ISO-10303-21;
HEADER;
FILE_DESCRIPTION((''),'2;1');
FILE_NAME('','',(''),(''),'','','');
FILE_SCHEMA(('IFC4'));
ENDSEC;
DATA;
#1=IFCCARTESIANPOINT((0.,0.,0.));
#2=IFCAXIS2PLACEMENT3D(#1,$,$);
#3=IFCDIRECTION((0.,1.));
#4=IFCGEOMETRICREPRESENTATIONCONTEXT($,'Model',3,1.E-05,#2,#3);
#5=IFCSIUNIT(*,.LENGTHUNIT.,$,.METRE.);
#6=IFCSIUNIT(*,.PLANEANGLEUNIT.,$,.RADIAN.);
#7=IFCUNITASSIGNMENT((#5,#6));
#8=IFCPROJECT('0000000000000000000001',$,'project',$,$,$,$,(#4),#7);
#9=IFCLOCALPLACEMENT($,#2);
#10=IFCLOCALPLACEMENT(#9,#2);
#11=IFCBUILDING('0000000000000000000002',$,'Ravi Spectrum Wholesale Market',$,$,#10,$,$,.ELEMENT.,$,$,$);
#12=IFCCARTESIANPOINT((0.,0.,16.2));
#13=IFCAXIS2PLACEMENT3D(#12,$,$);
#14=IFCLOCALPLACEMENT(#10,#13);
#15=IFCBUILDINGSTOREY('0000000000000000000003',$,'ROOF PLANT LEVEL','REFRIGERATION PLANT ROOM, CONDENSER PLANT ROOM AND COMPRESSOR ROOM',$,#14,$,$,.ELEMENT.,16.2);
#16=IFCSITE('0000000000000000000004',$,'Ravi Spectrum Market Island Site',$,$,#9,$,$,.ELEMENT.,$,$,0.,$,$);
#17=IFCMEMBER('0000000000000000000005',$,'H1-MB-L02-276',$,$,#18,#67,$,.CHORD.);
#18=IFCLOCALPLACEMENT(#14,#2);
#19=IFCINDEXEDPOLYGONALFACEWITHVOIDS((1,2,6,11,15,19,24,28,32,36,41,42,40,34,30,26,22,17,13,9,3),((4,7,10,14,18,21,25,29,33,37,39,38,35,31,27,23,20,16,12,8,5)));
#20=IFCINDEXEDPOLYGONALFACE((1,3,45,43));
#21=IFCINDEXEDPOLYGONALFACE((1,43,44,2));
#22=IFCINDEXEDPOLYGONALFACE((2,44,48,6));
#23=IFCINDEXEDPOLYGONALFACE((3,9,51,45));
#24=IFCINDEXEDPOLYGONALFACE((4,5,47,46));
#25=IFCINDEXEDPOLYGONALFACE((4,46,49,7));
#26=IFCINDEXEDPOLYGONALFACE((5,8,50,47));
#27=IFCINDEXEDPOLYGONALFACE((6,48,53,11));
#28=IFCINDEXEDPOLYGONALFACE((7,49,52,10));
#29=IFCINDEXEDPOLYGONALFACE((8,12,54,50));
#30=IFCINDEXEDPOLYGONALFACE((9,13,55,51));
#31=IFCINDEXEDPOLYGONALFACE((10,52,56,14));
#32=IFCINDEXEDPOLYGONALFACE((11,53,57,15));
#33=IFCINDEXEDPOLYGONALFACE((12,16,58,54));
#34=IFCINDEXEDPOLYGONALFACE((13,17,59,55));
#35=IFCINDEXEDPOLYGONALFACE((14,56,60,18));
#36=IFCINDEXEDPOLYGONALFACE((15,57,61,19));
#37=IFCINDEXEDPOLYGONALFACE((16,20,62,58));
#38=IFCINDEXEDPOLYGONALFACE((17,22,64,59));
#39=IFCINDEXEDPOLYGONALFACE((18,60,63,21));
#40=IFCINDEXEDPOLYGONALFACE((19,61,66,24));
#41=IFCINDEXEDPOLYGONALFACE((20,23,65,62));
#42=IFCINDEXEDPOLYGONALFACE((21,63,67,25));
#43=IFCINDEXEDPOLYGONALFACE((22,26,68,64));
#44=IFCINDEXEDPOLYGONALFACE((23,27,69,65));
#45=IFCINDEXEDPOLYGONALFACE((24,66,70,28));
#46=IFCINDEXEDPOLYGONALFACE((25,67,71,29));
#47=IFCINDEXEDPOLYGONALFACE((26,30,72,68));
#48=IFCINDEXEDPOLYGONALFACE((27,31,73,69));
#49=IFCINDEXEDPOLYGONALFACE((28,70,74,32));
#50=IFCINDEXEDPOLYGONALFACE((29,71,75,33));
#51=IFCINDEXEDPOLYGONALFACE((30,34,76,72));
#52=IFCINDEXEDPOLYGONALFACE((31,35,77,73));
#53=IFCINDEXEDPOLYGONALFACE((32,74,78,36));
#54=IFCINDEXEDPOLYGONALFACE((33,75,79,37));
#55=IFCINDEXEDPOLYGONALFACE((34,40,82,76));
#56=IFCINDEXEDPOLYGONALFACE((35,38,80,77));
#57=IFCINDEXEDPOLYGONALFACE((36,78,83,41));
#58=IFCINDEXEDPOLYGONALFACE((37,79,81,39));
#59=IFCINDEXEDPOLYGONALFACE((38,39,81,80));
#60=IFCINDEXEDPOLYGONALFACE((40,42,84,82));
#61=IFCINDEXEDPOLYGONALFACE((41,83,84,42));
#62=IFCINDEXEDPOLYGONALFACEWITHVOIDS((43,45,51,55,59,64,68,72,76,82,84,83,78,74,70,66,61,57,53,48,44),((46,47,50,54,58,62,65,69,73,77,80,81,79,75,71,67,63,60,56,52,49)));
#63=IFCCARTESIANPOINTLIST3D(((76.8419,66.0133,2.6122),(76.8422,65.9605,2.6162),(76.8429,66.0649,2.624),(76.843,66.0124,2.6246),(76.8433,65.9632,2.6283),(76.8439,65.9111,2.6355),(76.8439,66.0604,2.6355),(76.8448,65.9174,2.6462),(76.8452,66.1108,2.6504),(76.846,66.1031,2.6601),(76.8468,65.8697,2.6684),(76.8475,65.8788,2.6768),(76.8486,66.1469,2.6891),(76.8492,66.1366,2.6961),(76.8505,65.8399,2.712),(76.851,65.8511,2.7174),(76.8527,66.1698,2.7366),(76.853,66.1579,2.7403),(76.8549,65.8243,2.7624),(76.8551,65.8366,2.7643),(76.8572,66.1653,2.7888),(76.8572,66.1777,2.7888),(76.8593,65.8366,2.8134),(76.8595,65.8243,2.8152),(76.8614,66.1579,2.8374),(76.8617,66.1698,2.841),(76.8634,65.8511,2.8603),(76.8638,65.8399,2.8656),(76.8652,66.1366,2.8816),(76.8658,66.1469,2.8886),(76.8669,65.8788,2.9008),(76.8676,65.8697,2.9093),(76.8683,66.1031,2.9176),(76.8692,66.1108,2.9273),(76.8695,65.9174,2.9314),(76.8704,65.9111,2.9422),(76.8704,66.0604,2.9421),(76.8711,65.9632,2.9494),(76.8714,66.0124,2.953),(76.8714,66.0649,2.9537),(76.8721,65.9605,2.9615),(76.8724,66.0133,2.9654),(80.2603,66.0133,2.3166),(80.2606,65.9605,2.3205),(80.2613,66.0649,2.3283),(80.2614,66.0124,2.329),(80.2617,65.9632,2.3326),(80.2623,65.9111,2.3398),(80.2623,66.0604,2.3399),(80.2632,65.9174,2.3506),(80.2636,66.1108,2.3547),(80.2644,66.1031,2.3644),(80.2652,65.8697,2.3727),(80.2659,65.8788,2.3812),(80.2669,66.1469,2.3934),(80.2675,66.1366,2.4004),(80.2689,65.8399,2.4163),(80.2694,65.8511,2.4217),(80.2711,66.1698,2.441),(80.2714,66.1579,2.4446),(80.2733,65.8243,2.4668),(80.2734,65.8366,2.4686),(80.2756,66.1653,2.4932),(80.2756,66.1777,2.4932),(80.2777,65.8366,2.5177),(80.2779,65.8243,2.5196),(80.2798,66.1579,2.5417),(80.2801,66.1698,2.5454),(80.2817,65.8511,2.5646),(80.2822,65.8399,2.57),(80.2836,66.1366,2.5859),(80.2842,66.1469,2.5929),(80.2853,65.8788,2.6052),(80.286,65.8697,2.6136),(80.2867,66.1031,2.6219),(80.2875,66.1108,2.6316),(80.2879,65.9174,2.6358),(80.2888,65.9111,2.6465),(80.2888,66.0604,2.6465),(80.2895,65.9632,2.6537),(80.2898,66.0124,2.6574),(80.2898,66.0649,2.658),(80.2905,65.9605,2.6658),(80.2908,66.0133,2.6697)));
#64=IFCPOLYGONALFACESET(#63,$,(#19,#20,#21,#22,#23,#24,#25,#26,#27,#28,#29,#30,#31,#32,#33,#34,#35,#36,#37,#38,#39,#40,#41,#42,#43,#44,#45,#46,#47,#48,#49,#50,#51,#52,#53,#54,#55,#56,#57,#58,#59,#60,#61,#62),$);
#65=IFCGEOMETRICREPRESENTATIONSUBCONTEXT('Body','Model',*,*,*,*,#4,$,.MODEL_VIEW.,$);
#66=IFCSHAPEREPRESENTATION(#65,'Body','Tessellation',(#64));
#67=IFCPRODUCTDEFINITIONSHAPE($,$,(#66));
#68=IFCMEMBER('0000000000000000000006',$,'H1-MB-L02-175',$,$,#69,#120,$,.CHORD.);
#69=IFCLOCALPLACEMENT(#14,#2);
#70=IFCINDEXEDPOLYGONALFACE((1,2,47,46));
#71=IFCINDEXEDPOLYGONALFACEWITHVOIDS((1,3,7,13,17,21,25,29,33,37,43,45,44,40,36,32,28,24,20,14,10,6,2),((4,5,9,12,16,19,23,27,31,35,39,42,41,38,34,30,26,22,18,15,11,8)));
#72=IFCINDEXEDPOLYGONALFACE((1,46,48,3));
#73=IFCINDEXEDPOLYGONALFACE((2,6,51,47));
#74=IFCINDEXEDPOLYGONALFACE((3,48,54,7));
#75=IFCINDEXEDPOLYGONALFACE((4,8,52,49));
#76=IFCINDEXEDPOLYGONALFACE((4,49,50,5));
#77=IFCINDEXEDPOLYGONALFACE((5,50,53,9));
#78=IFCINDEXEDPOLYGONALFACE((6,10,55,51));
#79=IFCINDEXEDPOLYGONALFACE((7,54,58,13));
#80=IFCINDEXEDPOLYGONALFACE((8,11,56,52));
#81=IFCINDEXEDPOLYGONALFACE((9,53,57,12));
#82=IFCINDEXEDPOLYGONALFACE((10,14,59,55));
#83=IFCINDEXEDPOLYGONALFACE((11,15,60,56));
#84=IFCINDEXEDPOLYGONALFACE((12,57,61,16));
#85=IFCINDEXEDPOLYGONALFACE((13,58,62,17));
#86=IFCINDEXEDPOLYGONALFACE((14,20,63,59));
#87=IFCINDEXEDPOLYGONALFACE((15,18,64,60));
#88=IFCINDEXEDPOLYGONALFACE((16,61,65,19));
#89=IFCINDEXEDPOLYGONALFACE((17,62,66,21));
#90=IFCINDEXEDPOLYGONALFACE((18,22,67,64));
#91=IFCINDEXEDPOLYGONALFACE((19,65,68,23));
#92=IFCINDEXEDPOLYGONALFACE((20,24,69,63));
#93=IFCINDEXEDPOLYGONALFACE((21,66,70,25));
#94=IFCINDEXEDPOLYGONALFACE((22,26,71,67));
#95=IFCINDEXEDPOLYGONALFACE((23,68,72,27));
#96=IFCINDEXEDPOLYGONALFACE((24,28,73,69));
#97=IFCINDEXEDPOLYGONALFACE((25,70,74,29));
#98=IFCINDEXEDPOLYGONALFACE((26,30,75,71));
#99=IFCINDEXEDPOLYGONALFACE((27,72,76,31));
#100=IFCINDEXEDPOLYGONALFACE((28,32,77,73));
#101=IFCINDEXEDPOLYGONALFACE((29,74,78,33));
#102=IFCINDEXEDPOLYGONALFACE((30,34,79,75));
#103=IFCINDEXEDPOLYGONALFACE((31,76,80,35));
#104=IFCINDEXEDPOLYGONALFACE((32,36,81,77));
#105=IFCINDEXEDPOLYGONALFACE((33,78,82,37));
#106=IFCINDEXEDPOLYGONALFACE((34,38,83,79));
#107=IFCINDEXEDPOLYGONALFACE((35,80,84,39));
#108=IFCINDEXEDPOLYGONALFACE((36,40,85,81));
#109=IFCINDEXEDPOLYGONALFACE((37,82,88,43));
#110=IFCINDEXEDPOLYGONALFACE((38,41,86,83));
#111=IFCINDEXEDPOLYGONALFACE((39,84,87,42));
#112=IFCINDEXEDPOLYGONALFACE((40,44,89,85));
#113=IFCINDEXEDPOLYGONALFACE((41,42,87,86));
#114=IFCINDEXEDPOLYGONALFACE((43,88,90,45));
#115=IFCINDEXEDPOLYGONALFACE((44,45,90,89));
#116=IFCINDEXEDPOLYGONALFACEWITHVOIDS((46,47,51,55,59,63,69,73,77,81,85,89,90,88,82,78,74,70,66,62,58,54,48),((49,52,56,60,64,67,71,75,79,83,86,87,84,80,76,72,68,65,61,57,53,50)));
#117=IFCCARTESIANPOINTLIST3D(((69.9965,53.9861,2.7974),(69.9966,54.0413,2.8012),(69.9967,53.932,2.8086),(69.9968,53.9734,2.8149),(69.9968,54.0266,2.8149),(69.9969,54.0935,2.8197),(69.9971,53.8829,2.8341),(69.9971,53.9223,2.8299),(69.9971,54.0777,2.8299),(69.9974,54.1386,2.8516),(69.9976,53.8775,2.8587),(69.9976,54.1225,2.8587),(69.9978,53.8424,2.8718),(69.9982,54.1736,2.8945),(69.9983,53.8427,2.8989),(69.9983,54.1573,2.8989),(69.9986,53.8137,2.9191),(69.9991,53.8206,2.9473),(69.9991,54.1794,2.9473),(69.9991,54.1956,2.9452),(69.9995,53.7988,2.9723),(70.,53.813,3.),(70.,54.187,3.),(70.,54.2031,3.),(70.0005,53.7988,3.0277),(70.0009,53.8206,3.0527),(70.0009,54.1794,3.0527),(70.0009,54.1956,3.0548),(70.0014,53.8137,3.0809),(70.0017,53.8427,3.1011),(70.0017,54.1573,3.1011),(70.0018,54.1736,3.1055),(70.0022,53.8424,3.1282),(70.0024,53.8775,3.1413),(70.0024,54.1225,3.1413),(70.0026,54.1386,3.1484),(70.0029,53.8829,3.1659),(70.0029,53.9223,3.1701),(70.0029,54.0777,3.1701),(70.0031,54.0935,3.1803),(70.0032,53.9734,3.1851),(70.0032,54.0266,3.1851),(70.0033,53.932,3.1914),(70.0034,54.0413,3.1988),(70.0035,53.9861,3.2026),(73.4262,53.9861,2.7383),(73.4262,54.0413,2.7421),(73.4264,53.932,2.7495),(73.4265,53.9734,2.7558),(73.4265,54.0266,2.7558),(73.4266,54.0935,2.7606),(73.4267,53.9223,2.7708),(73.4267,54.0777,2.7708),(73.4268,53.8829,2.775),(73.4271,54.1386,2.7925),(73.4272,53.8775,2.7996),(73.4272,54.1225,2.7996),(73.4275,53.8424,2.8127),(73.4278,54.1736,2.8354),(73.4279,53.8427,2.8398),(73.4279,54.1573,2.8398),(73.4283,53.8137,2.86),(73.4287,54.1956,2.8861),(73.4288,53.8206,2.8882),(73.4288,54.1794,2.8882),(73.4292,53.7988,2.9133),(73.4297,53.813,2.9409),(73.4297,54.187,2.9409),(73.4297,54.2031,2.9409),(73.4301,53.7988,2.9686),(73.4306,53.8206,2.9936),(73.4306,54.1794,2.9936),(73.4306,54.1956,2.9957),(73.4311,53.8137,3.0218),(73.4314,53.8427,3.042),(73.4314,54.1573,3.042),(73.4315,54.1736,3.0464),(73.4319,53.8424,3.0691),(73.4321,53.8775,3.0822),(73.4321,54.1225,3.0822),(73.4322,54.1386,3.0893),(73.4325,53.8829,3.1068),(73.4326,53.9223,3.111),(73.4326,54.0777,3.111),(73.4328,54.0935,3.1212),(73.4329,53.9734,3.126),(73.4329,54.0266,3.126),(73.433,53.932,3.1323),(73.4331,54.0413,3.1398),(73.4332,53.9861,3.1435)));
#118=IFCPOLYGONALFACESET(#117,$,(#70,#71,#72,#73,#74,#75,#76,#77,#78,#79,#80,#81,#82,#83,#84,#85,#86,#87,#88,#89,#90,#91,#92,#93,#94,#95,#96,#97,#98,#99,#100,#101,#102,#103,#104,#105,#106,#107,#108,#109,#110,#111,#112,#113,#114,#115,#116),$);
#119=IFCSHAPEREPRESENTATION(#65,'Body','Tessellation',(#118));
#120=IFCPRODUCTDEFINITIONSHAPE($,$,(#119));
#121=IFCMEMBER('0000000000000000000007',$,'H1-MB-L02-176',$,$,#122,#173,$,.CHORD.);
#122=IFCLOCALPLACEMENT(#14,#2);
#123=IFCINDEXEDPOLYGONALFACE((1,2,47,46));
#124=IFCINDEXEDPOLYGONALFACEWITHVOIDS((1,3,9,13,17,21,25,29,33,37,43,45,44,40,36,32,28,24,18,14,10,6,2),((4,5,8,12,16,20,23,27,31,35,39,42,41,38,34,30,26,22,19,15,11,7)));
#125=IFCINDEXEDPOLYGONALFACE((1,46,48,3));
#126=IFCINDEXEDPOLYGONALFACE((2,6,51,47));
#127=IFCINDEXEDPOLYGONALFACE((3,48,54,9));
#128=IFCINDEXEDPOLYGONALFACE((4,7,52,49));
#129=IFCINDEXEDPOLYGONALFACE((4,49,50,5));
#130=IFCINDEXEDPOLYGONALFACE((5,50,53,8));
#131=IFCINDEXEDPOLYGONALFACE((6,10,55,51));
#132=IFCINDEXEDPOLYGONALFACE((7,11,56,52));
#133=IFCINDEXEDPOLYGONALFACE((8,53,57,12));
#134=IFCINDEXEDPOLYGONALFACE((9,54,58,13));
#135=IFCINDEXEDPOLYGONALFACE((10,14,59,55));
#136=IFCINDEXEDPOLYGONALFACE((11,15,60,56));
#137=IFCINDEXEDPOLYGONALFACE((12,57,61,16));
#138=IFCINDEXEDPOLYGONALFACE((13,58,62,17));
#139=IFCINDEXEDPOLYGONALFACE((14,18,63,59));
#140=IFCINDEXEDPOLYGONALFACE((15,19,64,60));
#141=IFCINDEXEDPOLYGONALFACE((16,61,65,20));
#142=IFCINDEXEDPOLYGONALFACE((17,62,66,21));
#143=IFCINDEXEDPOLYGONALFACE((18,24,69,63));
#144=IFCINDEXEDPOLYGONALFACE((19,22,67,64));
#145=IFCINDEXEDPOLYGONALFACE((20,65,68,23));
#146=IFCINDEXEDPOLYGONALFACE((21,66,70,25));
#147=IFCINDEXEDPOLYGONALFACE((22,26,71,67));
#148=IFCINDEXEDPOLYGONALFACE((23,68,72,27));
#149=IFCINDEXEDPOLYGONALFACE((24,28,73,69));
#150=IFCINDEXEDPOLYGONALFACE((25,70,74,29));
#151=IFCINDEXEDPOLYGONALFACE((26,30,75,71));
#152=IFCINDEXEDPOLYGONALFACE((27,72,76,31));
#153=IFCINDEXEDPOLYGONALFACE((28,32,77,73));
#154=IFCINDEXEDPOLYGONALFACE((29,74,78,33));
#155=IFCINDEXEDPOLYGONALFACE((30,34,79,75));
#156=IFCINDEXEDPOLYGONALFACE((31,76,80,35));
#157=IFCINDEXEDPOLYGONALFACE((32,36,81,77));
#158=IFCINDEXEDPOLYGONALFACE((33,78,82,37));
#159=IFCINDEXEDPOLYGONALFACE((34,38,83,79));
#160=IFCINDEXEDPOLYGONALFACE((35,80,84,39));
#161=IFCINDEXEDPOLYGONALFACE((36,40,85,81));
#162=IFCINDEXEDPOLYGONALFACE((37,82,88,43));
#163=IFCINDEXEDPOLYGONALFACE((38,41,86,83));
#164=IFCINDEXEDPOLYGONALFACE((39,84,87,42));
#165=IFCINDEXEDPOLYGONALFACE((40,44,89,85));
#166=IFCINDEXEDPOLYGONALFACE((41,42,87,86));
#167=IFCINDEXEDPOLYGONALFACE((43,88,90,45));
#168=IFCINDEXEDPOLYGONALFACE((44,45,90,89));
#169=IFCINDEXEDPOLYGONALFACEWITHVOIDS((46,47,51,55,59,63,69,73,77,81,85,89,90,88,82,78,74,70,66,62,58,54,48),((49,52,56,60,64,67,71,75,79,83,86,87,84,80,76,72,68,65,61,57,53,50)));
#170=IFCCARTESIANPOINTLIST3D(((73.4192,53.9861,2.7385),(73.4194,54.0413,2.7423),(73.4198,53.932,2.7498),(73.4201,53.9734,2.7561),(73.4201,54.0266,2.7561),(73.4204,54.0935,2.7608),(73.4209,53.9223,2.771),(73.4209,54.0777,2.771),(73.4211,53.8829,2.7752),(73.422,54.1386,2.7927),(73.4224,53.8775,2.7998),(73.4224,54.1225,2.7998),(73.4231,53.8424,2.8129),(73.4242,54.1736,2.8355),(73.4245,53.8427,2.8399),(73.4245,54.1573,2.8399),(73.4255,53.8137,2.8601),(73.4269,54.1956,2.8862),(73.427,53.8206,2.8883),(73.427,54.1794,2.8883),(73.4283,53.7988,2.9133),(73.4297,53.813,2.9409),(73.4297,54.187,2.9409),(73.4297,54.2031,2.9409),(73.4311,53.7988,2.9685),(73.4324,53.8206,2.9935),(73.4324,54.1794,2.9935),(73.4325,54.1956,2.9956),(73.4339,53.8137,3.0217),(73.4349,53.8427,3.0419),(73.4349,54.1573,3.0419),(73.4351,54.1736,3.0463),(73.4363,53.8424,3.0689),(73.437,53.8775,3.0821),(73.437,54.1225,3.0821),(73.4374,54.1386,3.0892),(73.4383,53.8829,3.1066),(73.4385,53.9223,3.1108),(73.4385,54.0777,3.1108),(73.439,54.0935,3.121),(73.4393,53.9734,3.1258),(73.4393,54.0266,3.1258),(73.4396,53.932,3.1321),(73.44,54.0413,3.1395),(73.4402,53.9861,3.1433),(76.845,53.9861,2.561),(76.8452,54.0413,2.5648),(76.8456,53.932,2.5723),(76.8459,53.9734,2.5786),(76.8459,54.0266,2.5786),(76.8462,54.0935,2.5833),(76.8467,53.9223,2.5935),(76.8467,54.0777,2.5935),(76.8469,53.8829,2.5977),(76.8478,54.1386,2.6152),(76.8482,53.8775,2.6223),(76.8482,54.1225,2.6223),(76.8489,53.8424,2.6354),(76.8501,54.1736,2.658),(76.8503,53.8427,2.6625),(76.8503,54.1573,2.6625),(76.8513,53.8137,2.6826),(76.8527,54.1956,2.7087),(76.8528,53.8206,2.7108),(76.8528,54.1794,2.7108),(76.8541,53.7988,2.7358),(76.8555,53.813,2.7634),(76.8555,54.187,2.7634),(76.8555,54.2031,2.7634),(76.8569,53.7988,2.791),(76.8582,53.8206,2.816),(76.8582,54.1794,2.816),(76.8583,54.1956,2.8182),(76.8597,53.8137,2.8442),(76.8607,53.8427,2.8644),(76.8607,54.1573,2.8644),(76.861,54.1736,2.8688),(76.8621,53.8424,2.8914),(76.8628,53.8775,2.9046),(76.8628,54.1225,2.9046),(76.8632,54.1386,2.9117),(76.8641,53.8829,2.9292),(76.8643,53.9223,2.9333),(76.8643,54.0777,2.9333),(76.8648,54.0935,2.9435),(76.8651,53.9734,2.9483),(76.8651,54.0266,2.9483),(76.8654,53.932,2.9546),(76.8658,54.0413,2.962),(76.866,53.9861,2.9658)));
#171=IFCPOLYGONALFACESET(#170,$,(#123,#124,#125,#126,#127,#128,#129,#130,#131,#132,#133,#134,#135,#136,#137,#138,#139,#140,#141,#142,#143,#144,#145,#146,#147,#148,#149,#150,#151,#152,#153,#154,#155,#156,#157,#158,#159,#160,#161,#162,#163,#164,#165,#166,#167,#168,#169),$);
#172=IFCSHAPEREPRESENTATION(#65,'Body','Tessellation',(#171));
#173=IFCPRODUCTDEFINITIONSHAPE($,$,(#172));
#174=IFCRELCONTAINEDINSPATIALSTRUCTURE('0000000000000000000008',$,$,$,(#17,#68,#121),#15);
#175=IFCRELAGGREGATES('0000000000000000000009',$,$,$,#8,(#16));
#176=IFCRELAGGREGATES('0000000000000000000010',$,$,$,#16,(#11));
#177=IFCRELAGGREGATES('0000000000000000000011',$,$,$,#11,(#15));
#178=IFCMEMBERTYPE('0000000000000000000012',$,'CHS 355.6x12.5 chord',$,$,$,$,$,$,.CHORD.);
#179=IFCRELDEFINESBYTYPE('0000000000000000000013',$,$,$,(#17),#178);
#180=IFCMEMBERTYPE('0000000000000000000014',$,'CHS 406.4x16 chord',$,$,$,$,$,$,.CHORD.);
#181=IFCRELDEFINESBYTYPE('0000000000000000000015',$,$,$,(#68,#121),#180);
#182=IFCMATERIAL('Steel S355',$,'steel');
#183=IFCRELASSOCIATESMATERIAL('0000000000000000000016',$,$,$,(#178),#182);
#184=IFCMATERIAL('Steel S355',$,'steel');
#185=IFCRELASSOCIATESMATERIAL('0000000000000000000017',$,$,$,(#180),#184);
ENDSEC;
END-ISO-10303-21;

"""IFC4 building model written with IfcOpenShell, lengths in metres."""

from ifc_helpers import new_model, si_unit, direction, frame, origin, origin_2d, place, context, subcontext, project, spatial, hollow_circle, extrude, material, material_profile, profile_set, type_object, element, save


model = new_model("IFC4")

# Units and contexts
model_context = context("Model", 3, precision=1e-05, world=origin(), true_north=direction((0.0, 1.0)))
body_context = subcontext(model_context, "Body", "Model", "MODEL_VIEW")
ifc_project = project(units=[si_unit("LENGTHUNIT", "METRE"), si_unit("PLANEANGLEUNIT", "RADIAN")], contexts=[model_context])

# Site, building, storey
site_placement = place(None, origin())
site = spatial("IfcSite", under=ifc_project, at=site_placement, Name="Ravi Spectrum Market Island Site", CompositionType="ELEMENT", RefElevation=0.0)
building_placement = place(site_placement, origin())
building = spatial("IfcBuilding", under=site, at=building_placement, Name="Ravi Spectrum Wholesale Market", CompositionType="ELEMENT")
storey_placement = place(building_placement, frame((0.0, 0.0, 16.2)))
storey = spatial("IfcBuildingStorey", under=building, at=storey_placement, Name="ROOF PLANT LEVEL", Description="REFRIGERATION PLANT ROOM, CONDENSER PLANT ROOM AND COMPRESSOR ROOM", CompositionType="ELEMENT", Elevation=16.2)

# Members
ifc_material_1 = material(Name="Steel S355", Category="steel")
ifc_material_profile_1 = material_profile(ifc_material_1, hollow_circle(Radius=0.1777, WallThickness=0.0125, at=origin_2d()))
ifc_profile_set_1 = profile_set([ifc_material_profile_1], Name="Steel S355")
member_type_1 = type_object("IfcMemberType", Name="CHS 355.6x12.5 chord", PredefinedType="CHORD", material=ifc_profile_set_1)
for number, where, z_axis, x_axis, name in (
    (1, (76.8572, 66.0, 2.7888), (0.996281, 0.0, -0.086166), (0.0, 1.0, 0.0), "H1-MB-L02-276"),
):
    element("IfcMember", number, at=place(storey_placement, frame(where, z_axis=z_axis, x_axis=x_axis)), inside=storey, type_object=member_type_1, Name=name, PredefinedType="CHORD", context=body_context, shape_type="SweptSolid", body=[
        extrude(hollow_circle(Radius=0.1777, WallThickness=0.0125, at=origin_2d()), origin(), (0.0, 0.0, 1.0), 3.4312),
    ])
ifc_material_2 = material(Name="Steel S355", Category="steel")
ifc_material_profile_2 = material_profile(ifc_material_2, hollow_circle(Radius=0.2031, WallThickness=0.0161, at=origin_2d()))
ifc_profile_set_2 = profile_set([ifc_material_profile_2], Name="Steel S355")
member_type_2 = type_object("IfcMemberType", Name="CHS 406.4x16 chord", PredefinedType="CHORD", material=ifc_profile_set_2)
member_1_placement = place(storey_placement, frame((70.0, 54.0, 3.0), z_axis=(0.999852, 0.0, -0.017224), x_axis=(0.0, 1.0, 0.0)))
element("IfcMember", 2, at=member_1_placement, inside=storey, type_object=member_type_2, Name="H1-MB-L02-175", PredefinedType="CHORD", context=body_context, shape_type="SweptSolid", body=[
    extrude(hollow_circle(Radius=0.2031, WallThickness=0.0161, at=origin_2d()), origin(), (0.0, 0.0, 1.0), 3.4302),
])
for number, where, z_axis, x_axis, name in (
    (3, (73.4297, 54.0, 2.9409), (0.998661, 0.0, -0.051741), (0.0, 1.0, 0.0), "H1-MB-L02-176"),
):
    element("IfcMember", number, at=place(storey_placement, frame(where, z_axis=z_axis, x_axis=x_axis)), inside=storey, type_object=member_type_2, Name=name, PredefinedType="CHORD", context=body_context, shape_type="SweptSolid", body=[
        extrude(hollow_circle(Radius=0.2031, WallThickness=0.0161, at=origin_2d()), origin(), (0.0, 0.0, 1.0), 3.4304),
    ])

save(model, "model.ifc")
